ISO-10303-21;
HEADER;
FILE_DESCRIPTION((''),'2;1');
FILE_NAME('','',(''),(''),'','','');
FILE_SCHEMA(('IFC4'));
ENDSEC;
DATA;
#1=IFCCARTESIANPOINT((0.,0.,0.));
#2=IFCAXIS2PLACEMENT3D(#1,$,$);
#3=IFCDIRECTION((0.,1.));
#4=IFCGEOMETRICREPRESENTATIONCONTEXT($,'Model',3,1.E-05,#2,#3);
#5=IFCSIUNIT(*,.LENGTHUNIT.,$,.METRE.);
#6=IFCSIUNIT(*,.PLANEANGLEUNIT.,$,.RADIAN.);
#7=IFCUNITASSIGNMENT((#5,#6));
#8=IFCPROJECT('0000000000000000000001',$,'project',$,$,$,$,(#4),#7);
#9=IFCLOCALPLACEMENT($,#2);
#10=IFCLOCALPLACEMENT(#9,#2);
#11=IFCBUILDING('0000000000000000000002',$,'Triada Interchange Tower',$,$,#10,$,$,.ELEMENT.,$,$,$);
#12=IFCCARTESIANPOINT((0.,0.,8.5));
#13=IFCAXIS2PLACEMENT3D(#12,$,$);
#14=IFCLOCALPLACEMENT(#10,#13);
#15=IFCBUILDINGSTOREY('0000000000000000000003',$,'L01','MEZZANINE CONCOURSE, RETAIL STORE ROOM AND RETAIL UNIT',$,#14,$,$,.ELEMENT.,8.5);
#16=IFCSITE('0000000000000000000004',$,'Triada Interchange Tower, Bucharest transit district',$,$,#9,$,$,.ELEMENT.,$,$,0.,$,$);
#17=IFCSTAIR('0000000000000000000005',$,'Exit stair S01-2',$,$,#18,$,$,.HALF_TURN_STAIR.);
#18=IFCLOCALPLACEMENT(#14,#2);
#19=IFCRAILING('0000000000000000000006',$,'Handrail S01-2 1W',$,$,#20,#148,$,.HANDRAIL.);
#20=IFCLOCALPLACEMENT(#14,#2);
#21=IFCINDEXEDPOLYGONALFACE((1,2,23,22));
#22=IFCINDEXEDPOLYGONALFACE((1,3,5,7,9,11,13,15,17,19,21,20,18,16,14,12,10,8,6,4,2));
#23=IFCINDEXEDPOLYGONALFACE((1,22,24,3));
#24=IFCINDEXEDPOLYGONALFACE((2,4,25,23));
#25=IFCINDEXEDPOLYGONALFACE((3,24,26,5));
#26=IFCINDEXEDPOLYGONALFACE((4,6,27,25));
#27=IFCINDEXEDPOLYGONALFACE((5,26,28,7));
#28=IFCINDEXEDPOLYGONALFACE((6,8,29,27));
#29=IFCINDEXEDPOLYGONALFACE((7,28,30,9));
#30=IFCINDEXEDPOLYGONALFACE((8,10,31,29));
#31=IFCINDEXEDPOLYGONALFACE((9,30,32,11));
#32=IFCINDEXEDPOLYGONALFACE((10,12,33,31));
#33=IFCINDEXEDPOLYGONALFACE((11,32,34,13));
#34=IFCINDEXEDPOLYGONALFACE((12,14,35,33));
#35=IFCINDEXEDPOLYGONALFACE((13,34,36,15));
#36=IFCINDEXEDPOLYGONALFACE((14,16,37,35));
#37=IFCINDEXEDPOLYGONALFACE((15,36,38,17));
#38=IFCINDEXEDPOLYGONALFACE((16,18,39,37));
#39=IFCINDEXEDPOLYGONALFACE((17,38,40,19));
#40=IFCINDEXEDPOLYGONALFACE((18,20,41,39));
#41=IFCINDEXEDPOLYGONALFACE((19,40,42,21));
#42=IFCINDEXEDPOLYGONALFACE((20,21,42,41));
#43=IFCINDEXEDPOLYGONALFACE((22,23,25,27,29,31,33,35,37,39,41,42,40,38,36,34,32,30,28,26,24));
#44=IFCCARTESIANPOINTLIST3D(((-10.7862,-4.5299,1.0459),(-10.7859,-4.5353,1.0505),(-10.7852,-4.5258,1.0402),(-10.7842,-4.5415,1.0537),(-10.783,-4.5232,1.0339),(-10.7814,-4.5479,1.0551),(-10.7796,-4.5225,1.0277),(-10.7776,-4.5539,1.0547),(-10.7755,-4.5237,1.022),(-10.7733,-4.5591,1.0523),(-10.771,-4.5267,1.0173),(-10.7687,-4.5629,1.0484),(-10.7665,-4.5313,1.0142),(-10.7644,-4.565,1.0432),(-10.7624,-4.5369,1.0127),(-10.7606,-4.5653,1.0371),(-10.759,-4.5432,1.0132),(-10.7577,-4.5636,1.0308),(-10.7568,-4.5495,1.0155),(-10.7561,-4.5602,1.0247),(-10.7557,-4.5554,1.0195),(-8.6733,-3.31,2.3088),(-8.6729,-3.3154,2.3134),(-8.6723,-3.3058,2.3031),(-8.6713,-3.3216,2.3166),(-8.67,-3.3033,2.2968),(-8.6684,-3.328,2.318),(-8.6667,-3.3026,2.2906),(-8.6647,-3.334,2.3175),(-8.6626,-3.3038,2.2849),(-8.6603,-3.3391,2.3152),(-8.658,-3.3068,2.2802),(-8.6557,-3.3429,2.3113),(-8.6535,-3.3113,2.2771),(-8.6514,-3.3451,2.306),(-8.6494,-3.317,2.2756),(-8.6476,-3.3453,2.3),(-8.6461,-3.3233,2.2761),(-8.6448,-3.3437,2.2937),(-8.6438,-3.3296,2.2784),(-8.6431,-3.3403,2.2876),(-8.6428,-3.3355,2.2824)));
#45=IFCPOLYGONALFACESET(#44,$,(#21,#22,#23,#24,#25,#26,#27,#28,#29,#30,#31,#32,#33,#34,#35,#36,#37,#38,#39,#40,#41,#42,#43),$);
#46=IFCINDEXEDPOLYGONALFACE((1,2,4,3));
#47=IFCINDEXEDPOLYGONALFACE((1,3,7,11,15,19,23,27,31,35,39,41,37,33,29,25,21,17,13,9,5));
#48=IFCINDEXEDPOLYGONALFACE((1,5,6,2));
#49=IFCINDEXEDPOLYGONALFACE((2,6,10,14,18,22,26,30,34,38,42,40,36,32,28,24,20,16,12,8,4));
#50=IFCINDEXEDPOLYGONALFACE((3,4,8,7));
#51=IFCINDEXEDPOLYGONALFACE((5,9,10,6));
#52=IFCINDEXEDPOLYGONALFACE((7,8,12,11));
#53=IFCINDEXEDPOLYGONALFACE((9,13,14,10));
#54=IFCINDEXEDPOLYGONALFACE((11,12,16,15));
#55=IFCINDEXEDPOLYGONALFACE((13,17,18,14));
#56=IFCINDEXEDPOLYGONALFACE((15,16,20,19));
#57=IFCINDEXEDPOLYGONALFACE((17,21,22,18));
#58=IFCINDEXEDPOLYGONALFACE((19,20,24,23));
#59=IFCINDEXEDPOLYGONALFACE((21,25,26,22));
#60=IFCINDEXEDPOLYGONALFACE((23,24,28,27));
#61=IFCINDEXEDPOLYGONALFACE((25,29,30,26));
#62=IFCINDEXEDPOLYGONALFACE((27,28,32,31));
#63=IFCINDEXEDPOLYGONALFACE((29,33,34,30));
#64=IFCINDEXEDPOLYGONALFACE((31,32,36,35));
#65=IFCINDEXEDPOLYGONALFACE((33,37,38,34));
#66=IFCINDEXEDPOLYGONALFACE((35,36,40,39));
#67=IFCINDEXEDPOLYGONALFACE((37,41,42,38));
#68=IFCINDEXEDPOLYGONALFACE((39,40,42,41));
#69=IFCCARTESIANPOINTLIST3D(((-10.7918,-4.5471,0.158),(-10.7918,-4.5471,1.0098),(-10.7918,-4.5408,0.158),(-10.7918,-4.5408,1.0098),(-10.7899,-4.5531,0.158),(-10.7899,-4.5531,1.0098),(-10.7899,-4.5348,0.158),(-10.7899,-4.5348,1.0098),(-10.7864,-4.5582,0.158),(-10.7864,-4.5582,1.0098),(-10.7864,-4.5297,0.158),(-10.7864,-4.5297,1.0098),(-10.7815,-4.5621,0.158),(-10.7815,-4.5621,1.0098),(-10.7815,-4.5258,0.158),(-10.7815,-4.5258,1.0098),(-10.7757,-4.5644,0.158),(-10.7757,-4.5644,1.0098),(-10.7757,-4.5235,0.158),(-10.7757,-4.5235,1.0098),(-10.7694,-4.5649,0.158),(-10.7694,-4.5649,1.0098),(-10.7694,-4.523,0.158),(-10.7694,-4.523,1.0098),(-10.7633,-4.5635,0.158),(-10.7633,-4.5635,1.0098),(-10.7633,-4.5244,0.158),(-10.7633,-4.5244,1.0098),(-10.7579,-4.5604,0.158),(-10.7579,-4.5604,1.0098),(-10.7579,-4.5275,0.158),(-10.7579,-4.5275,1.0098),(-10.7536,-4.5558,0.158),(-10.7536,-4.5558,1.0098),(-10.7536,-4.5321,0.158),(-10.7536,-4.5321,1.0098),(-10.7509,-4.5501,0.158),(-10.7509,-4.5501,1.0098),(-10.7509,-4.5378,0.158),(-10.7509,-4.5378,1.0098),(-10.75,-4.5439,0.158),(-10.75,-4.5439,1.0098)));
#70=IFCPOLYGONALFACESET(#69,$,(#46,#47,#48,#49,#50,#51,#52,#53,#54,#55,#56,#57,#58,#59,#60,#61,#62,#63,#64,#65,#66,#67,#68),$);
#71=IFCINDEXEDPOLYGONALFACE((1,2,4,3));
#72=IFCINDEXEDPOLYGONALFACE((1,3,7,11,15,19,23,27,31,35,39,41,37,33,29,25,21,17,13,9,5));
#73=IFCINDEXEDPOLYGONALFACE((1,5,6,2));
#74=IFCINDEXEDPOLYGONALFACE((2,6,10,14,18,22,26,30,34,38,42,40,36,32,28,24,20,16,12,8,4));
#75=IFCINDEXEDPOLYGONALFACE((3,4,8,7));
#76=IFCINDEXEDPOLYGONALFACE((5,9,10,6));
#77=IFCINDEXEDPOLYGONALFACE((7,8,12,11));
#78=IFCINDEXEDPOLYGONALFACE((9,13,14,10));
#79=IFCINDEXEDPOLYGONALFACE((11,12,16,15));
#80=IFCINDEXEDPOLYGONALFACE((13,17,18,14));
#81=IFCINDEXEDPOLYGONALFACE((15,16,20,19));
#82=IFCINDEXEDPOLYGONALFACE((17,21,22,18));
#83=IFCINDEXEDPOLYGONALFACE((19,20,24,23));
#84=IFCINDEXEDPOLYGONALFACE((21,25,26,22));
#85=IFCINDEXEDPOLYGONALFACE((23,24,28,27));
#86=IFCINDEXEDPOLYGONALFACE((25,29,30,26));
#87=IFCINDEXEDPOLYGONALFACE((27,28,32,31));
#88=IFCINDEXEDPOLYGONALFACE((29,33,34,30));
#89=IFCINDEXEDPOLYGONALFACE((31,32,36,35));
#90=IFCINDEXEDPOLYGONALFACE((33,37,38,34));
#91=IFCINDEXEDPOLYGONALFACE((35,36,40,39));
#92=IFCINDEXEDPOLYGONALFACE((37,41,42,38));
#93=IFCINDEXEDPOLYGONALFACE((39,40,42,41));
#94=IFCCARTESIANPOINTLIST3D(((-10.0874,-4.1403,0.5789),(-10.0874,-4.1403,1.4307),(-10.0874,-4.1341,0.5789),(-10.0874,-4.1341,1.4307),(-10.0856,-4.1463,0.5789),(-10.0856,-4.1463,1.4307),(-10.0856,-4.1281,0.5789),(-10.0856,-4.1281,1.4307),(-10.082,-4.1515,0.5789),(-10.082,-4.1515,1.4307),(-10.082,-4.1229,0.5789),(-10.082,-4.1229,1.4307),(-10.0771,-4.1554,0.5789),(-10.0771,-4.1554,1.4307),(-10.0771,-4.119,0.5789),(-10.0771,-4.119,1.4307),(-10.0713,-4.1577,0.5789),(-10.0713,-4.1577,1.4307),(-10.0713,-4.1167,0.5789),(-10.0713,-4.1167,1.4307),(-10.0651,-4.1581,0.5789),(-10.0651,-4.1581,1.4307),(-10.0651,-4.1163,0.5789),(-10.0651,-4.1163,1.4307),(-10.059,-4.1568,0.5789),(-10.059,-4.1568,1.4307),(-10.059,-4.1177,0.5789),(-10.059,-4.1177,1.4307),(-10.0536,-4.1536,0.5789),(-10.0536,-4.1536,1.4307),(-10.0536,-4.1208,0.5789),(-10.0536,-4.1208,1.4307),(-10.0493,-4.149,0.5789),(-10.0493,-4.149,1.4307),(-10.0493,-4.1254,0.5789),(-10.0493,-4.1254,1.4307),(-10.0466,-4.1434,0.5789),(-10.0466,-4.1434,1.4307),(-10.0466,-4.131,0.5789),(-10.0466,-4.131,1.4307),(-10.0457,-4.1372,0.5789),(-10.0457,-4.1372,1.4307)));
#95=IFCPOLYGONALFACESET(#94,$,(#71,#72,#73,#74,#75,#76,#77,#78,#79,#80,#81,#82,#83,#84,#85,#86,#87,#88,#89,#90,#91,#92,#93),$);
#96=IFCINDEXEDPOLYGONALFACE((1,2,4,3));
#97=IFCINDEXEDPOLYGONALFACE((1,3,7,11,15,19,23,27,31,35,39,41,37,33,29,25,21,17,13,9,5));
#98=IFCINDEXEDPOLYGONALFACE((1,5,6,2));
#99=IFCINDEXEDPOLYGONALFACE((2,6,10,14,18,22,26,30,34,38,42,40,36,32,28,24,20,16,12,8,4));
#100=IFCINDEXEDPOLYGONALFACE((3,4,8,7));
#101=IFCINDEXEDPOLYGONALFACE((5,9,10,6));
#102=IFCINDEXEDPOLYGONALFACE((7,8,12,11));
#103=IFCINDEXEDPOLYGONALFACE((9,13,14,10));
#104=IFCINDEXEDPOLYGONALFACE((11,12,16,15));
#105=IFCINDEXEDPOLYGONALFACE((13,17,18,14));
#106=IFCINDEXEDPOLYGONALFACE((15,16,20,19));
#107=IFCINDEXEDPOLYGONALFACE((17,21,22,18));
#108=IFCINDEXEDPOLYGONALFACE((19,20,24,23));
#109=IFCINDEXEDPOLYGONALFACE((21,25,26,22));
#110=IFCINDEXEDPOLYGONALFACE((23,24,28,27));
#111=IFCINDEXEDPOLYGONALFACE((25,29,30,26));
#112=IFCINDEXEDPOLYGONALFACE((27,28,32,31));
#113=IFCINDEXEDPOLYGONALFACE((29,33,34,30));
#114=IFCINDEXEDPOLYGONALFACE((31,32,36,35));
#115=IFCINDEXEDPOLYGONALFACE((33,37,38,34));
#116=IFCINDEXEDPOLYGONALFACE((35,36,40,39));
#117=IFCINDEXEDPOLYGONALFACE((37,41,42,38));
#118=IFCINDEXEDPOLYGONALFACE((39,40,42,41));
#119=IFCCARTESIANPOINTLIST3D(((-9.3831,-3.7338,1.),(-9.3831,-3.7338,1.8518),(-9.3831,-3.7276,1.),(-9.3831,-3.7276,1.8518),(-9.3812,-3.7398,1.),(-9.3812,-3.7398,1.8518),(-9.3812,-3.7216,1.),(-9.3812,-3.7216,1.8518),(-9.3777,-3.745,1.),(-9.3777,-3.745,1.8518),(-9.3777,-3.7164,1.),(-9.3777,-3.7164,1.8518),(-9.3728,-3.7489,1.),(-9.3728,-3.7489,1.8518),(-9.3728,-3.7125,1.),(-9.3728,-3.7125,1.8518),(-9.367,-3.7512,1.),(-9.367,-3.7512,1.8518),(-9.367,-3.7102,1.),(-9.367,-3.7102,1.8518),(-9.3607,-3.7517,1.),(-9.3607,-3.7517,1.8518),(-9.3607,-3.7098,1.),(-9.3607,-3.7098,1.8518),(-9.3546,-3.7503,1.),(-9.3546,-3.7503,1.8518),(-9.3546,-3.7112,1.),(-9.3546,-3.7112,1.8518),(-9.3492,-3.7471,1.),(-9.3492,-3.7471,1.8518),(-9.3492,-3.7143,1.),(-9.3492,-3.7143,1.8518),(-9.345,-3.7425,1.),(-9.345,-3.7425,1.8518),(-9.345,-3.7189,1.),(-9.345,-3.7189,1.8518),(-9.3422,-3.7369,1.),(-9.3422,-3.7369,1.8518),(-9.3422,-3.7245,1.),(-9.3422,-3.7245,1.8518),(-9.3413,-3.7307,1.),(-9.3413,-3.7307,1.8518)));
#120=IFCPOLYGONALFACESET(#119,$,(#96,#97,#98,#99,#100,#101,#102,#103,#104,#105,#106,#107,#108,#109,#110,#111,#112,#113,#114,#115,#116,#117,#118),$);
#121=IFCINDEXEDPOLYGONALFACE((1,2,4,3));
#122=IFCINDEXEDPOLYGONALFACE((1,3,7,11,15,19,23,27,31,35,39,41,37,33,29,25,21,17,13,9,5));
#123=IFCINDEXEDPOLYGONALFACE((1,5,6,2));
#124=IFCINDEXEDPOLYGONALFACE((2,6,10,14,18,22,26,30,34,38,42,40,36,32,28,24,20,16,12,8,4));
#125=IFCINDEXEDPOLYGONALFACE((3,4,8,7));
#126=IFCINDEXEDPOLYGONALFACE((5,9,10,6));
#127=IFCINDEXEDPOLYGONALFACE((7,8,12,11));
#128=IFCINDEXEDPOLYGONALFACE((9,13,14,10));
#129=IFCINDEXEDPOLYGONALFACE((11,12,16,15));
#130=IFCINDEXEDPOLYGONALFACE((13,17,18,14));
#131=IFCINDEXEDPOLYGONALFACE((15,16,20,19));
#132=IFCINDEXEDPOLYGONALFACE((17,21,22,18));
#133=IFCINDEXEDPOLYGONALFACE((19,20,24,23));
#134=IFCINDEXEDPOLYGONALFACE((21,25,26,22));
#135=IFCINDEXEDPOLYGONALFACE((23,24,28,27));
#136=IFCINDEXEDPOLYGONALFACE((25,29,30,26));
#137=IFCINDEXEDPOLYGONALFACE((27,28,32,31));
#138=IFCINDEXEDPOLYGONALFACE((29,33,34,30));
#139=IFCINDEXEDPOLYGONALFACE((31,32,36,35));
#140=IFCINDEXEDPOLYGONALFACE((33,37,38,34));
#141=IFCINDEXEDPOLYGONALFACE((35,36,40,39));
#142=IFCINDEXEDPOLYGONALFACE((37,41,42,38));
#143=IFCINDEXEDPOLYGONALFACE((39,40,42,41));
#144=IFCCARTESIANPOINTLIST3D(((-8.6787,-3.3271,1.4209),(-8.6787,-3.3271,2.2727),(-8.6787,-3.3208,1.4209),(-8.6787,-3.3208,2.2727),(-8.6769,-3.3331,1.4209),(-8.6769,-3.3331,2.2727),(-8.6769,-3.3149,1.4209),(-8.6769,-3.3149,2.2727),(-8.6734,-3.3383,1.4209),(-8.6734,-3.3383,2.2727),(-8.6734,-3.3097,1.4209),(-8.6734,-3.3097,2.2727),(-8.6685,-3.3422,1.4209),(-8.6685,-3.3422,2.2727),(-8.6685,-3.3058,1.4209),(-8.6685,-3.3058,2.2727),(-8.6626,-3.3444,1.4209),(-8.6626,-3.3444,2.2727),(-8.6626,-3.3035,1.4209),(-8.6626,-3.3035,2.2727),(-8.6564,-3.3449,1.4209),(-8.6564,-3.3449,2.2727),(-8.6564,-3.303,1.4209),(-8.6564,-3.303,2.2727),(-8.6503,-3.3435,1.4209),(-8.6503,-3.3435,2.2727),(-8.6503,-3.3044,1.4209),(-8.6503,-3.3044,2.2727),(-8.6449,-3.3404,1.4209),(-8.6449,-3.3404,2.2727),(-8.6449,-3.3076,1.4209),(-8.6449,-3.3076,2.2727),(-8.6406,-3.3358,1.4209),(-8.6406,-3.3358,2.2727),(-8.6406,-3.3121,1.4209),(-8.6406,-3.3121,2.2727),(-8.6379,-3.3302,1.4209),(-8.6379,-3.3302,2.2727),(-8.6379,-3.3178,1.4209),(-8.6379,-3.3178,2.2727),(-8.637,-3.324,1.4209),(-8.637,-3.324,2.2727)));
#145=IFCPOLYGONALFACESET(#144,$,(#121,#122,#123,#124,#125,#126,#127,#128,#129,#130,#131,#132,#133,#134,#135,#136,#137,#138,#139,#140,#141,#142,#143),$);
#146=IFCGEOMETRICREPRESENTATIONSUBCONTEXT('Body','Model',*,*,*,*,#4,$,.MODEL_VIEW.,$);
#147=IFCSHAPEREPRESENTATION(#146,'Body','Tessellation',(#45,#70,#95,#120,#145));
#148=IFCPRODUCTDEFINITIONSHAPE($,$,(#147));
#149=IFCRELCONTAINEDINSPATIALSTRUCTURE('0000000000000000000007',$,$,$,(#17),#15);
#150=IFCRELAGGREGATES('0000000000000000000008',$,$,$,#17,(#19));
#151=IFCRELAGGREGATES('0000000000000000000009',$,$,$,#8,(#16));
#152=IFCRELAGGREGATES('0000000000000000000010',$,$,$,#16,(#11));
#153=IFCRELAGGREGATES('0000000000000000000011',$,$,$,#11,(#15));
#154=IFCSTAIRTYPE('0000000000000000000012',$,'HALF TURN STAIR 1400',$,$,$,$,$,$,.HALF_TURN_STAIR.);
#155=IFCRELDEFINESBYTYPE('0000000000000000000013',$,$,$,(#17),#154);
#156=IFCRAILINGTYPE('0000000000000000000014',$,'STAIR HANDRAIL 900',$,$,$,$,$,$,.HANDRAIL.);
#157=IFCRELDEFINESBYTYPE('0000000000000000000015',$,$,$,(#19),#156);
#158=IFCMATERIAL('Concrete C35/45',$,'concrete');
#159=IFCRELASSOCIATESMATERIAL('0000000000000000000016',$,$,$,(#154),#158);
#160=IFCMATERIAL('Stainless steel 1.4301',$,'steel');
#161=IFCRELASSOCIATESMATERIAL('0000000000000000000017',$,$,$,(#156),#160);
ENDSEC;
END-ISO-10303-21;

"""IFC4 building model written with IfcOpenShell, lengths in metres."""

from ifc_helpers import new_model, si_unit, direction, frame, origin, origin_2d, place, context, subcontext, project, spatial, circle, extrude, material, type_object, element, aggregate, save


model = new_model("IFC4")

# Units and contexts
model_context = context("Model", 3, precision=1e-05, world=origin(), true_north=direction((0.0, 1.0)))
body_context = subcontext(model_context, "Body", "Model", "MODEL_VIEW")
ifc_project = project(units=[si_unit("LENGTHUNIT", "METRE"), si_unit("PLANEANGLEUNIT", "RADIAN")], contexts=[model_context])

# Site, building, storey
site_placement = place(None, origin())
site = spatial("IfcSite", under=ifc_project, at=site_placement, Name="Triada Interchange Tower, Bucharest transit district", CompositionType="ELEMENT", RefElevation=0.0)
building_placement = place(site_placement, origin())
building = spatial("IfcBuilding", under=site, at=building_placement, Name="Triada Interchange Tower", CompositionType="ELEMENT")
storey_placement = place(building_placement, frame((0.0, 0.0, 8.5)))
storey = spatial("IfcBuildingStorey", under=building, at=storey_placement, Name="L01", Description="MEZZANINE CONCOURSE, RETAIL STORE ROOM AND RETAIL UNIT", CompositionType="ELEMENT", Elevation=8.5)

# Shared definitions
ifc_material_1 = material(Name="Concrete C35/45", Category="concrete")

# Stair
stair_type = type_object("IfcStairType", Name="HALF TURN STAIR 1400", PredefinedType="HALF_TURN_STAIR", material=ifc_material_1)
stair_1_placement = place(storey_placement, origin())
stair_1 = element("IfcStair", 1, at=stair_1_placement, inside=storey, type_object=stair_type, Name="Exit stair S01-2", PredefinedType="HALF_TURN_STAIR")

# Railing
ifc_material_2 = material(Name="Stainless steel 1.4301", Category="steel")
railing_type_1 = type_object("IfcRailingType", Name="STAIR HANDRAIL 900", PredefinedType="HANDRAIL", material=ifc_material_2)
railing_1_placement = place(storey_placement, frame((-10.771, -4.5439, 0.158)))
railing_1 = element("IfcRailing", 2, at=railing_1_placement, type_object=railing_type_1, Name="Handrail S01-2 1W", PredefinedType="HANDRAIL", context=body_context, shape_type="SweptSolid", body=[
    extrude(circle(Radius=0.0239, at=origin_2d()), frame((0.0, 0.0, 0.876), z_axis=(0.769101, 0.444044, 0.459683), x_axis=(-0.500003, 0.866024, 0.0)), (0.0, 0.0, 1.0), 2.7473),
    extrude(circle(Radius=0.021, at=origin_2d()), origin(), (0.0, 0.0, 1.0), 0.8518),
    extrude(circle(Radius=0.021, at=origin_2d()), frame((0.7043, 0.4067, 0.4209)), (0.0, 0.0, 1.0), 0.8518),
    extrude(circle(Radius=0.021, at=origin_2d()), frame((1.4087, 0.8132, 0.842)), (0.0, 0.0, 1.0), 0.8518),
    extrude(circle(Radius=0.021, at=origin_2d()), frame((2.113, 1.22, 1.2629)), (0.0, 0.0, 1.0), 0.8518),
])
aggregate(stair_1, [railing_1])

save(model, "model.ifc")
